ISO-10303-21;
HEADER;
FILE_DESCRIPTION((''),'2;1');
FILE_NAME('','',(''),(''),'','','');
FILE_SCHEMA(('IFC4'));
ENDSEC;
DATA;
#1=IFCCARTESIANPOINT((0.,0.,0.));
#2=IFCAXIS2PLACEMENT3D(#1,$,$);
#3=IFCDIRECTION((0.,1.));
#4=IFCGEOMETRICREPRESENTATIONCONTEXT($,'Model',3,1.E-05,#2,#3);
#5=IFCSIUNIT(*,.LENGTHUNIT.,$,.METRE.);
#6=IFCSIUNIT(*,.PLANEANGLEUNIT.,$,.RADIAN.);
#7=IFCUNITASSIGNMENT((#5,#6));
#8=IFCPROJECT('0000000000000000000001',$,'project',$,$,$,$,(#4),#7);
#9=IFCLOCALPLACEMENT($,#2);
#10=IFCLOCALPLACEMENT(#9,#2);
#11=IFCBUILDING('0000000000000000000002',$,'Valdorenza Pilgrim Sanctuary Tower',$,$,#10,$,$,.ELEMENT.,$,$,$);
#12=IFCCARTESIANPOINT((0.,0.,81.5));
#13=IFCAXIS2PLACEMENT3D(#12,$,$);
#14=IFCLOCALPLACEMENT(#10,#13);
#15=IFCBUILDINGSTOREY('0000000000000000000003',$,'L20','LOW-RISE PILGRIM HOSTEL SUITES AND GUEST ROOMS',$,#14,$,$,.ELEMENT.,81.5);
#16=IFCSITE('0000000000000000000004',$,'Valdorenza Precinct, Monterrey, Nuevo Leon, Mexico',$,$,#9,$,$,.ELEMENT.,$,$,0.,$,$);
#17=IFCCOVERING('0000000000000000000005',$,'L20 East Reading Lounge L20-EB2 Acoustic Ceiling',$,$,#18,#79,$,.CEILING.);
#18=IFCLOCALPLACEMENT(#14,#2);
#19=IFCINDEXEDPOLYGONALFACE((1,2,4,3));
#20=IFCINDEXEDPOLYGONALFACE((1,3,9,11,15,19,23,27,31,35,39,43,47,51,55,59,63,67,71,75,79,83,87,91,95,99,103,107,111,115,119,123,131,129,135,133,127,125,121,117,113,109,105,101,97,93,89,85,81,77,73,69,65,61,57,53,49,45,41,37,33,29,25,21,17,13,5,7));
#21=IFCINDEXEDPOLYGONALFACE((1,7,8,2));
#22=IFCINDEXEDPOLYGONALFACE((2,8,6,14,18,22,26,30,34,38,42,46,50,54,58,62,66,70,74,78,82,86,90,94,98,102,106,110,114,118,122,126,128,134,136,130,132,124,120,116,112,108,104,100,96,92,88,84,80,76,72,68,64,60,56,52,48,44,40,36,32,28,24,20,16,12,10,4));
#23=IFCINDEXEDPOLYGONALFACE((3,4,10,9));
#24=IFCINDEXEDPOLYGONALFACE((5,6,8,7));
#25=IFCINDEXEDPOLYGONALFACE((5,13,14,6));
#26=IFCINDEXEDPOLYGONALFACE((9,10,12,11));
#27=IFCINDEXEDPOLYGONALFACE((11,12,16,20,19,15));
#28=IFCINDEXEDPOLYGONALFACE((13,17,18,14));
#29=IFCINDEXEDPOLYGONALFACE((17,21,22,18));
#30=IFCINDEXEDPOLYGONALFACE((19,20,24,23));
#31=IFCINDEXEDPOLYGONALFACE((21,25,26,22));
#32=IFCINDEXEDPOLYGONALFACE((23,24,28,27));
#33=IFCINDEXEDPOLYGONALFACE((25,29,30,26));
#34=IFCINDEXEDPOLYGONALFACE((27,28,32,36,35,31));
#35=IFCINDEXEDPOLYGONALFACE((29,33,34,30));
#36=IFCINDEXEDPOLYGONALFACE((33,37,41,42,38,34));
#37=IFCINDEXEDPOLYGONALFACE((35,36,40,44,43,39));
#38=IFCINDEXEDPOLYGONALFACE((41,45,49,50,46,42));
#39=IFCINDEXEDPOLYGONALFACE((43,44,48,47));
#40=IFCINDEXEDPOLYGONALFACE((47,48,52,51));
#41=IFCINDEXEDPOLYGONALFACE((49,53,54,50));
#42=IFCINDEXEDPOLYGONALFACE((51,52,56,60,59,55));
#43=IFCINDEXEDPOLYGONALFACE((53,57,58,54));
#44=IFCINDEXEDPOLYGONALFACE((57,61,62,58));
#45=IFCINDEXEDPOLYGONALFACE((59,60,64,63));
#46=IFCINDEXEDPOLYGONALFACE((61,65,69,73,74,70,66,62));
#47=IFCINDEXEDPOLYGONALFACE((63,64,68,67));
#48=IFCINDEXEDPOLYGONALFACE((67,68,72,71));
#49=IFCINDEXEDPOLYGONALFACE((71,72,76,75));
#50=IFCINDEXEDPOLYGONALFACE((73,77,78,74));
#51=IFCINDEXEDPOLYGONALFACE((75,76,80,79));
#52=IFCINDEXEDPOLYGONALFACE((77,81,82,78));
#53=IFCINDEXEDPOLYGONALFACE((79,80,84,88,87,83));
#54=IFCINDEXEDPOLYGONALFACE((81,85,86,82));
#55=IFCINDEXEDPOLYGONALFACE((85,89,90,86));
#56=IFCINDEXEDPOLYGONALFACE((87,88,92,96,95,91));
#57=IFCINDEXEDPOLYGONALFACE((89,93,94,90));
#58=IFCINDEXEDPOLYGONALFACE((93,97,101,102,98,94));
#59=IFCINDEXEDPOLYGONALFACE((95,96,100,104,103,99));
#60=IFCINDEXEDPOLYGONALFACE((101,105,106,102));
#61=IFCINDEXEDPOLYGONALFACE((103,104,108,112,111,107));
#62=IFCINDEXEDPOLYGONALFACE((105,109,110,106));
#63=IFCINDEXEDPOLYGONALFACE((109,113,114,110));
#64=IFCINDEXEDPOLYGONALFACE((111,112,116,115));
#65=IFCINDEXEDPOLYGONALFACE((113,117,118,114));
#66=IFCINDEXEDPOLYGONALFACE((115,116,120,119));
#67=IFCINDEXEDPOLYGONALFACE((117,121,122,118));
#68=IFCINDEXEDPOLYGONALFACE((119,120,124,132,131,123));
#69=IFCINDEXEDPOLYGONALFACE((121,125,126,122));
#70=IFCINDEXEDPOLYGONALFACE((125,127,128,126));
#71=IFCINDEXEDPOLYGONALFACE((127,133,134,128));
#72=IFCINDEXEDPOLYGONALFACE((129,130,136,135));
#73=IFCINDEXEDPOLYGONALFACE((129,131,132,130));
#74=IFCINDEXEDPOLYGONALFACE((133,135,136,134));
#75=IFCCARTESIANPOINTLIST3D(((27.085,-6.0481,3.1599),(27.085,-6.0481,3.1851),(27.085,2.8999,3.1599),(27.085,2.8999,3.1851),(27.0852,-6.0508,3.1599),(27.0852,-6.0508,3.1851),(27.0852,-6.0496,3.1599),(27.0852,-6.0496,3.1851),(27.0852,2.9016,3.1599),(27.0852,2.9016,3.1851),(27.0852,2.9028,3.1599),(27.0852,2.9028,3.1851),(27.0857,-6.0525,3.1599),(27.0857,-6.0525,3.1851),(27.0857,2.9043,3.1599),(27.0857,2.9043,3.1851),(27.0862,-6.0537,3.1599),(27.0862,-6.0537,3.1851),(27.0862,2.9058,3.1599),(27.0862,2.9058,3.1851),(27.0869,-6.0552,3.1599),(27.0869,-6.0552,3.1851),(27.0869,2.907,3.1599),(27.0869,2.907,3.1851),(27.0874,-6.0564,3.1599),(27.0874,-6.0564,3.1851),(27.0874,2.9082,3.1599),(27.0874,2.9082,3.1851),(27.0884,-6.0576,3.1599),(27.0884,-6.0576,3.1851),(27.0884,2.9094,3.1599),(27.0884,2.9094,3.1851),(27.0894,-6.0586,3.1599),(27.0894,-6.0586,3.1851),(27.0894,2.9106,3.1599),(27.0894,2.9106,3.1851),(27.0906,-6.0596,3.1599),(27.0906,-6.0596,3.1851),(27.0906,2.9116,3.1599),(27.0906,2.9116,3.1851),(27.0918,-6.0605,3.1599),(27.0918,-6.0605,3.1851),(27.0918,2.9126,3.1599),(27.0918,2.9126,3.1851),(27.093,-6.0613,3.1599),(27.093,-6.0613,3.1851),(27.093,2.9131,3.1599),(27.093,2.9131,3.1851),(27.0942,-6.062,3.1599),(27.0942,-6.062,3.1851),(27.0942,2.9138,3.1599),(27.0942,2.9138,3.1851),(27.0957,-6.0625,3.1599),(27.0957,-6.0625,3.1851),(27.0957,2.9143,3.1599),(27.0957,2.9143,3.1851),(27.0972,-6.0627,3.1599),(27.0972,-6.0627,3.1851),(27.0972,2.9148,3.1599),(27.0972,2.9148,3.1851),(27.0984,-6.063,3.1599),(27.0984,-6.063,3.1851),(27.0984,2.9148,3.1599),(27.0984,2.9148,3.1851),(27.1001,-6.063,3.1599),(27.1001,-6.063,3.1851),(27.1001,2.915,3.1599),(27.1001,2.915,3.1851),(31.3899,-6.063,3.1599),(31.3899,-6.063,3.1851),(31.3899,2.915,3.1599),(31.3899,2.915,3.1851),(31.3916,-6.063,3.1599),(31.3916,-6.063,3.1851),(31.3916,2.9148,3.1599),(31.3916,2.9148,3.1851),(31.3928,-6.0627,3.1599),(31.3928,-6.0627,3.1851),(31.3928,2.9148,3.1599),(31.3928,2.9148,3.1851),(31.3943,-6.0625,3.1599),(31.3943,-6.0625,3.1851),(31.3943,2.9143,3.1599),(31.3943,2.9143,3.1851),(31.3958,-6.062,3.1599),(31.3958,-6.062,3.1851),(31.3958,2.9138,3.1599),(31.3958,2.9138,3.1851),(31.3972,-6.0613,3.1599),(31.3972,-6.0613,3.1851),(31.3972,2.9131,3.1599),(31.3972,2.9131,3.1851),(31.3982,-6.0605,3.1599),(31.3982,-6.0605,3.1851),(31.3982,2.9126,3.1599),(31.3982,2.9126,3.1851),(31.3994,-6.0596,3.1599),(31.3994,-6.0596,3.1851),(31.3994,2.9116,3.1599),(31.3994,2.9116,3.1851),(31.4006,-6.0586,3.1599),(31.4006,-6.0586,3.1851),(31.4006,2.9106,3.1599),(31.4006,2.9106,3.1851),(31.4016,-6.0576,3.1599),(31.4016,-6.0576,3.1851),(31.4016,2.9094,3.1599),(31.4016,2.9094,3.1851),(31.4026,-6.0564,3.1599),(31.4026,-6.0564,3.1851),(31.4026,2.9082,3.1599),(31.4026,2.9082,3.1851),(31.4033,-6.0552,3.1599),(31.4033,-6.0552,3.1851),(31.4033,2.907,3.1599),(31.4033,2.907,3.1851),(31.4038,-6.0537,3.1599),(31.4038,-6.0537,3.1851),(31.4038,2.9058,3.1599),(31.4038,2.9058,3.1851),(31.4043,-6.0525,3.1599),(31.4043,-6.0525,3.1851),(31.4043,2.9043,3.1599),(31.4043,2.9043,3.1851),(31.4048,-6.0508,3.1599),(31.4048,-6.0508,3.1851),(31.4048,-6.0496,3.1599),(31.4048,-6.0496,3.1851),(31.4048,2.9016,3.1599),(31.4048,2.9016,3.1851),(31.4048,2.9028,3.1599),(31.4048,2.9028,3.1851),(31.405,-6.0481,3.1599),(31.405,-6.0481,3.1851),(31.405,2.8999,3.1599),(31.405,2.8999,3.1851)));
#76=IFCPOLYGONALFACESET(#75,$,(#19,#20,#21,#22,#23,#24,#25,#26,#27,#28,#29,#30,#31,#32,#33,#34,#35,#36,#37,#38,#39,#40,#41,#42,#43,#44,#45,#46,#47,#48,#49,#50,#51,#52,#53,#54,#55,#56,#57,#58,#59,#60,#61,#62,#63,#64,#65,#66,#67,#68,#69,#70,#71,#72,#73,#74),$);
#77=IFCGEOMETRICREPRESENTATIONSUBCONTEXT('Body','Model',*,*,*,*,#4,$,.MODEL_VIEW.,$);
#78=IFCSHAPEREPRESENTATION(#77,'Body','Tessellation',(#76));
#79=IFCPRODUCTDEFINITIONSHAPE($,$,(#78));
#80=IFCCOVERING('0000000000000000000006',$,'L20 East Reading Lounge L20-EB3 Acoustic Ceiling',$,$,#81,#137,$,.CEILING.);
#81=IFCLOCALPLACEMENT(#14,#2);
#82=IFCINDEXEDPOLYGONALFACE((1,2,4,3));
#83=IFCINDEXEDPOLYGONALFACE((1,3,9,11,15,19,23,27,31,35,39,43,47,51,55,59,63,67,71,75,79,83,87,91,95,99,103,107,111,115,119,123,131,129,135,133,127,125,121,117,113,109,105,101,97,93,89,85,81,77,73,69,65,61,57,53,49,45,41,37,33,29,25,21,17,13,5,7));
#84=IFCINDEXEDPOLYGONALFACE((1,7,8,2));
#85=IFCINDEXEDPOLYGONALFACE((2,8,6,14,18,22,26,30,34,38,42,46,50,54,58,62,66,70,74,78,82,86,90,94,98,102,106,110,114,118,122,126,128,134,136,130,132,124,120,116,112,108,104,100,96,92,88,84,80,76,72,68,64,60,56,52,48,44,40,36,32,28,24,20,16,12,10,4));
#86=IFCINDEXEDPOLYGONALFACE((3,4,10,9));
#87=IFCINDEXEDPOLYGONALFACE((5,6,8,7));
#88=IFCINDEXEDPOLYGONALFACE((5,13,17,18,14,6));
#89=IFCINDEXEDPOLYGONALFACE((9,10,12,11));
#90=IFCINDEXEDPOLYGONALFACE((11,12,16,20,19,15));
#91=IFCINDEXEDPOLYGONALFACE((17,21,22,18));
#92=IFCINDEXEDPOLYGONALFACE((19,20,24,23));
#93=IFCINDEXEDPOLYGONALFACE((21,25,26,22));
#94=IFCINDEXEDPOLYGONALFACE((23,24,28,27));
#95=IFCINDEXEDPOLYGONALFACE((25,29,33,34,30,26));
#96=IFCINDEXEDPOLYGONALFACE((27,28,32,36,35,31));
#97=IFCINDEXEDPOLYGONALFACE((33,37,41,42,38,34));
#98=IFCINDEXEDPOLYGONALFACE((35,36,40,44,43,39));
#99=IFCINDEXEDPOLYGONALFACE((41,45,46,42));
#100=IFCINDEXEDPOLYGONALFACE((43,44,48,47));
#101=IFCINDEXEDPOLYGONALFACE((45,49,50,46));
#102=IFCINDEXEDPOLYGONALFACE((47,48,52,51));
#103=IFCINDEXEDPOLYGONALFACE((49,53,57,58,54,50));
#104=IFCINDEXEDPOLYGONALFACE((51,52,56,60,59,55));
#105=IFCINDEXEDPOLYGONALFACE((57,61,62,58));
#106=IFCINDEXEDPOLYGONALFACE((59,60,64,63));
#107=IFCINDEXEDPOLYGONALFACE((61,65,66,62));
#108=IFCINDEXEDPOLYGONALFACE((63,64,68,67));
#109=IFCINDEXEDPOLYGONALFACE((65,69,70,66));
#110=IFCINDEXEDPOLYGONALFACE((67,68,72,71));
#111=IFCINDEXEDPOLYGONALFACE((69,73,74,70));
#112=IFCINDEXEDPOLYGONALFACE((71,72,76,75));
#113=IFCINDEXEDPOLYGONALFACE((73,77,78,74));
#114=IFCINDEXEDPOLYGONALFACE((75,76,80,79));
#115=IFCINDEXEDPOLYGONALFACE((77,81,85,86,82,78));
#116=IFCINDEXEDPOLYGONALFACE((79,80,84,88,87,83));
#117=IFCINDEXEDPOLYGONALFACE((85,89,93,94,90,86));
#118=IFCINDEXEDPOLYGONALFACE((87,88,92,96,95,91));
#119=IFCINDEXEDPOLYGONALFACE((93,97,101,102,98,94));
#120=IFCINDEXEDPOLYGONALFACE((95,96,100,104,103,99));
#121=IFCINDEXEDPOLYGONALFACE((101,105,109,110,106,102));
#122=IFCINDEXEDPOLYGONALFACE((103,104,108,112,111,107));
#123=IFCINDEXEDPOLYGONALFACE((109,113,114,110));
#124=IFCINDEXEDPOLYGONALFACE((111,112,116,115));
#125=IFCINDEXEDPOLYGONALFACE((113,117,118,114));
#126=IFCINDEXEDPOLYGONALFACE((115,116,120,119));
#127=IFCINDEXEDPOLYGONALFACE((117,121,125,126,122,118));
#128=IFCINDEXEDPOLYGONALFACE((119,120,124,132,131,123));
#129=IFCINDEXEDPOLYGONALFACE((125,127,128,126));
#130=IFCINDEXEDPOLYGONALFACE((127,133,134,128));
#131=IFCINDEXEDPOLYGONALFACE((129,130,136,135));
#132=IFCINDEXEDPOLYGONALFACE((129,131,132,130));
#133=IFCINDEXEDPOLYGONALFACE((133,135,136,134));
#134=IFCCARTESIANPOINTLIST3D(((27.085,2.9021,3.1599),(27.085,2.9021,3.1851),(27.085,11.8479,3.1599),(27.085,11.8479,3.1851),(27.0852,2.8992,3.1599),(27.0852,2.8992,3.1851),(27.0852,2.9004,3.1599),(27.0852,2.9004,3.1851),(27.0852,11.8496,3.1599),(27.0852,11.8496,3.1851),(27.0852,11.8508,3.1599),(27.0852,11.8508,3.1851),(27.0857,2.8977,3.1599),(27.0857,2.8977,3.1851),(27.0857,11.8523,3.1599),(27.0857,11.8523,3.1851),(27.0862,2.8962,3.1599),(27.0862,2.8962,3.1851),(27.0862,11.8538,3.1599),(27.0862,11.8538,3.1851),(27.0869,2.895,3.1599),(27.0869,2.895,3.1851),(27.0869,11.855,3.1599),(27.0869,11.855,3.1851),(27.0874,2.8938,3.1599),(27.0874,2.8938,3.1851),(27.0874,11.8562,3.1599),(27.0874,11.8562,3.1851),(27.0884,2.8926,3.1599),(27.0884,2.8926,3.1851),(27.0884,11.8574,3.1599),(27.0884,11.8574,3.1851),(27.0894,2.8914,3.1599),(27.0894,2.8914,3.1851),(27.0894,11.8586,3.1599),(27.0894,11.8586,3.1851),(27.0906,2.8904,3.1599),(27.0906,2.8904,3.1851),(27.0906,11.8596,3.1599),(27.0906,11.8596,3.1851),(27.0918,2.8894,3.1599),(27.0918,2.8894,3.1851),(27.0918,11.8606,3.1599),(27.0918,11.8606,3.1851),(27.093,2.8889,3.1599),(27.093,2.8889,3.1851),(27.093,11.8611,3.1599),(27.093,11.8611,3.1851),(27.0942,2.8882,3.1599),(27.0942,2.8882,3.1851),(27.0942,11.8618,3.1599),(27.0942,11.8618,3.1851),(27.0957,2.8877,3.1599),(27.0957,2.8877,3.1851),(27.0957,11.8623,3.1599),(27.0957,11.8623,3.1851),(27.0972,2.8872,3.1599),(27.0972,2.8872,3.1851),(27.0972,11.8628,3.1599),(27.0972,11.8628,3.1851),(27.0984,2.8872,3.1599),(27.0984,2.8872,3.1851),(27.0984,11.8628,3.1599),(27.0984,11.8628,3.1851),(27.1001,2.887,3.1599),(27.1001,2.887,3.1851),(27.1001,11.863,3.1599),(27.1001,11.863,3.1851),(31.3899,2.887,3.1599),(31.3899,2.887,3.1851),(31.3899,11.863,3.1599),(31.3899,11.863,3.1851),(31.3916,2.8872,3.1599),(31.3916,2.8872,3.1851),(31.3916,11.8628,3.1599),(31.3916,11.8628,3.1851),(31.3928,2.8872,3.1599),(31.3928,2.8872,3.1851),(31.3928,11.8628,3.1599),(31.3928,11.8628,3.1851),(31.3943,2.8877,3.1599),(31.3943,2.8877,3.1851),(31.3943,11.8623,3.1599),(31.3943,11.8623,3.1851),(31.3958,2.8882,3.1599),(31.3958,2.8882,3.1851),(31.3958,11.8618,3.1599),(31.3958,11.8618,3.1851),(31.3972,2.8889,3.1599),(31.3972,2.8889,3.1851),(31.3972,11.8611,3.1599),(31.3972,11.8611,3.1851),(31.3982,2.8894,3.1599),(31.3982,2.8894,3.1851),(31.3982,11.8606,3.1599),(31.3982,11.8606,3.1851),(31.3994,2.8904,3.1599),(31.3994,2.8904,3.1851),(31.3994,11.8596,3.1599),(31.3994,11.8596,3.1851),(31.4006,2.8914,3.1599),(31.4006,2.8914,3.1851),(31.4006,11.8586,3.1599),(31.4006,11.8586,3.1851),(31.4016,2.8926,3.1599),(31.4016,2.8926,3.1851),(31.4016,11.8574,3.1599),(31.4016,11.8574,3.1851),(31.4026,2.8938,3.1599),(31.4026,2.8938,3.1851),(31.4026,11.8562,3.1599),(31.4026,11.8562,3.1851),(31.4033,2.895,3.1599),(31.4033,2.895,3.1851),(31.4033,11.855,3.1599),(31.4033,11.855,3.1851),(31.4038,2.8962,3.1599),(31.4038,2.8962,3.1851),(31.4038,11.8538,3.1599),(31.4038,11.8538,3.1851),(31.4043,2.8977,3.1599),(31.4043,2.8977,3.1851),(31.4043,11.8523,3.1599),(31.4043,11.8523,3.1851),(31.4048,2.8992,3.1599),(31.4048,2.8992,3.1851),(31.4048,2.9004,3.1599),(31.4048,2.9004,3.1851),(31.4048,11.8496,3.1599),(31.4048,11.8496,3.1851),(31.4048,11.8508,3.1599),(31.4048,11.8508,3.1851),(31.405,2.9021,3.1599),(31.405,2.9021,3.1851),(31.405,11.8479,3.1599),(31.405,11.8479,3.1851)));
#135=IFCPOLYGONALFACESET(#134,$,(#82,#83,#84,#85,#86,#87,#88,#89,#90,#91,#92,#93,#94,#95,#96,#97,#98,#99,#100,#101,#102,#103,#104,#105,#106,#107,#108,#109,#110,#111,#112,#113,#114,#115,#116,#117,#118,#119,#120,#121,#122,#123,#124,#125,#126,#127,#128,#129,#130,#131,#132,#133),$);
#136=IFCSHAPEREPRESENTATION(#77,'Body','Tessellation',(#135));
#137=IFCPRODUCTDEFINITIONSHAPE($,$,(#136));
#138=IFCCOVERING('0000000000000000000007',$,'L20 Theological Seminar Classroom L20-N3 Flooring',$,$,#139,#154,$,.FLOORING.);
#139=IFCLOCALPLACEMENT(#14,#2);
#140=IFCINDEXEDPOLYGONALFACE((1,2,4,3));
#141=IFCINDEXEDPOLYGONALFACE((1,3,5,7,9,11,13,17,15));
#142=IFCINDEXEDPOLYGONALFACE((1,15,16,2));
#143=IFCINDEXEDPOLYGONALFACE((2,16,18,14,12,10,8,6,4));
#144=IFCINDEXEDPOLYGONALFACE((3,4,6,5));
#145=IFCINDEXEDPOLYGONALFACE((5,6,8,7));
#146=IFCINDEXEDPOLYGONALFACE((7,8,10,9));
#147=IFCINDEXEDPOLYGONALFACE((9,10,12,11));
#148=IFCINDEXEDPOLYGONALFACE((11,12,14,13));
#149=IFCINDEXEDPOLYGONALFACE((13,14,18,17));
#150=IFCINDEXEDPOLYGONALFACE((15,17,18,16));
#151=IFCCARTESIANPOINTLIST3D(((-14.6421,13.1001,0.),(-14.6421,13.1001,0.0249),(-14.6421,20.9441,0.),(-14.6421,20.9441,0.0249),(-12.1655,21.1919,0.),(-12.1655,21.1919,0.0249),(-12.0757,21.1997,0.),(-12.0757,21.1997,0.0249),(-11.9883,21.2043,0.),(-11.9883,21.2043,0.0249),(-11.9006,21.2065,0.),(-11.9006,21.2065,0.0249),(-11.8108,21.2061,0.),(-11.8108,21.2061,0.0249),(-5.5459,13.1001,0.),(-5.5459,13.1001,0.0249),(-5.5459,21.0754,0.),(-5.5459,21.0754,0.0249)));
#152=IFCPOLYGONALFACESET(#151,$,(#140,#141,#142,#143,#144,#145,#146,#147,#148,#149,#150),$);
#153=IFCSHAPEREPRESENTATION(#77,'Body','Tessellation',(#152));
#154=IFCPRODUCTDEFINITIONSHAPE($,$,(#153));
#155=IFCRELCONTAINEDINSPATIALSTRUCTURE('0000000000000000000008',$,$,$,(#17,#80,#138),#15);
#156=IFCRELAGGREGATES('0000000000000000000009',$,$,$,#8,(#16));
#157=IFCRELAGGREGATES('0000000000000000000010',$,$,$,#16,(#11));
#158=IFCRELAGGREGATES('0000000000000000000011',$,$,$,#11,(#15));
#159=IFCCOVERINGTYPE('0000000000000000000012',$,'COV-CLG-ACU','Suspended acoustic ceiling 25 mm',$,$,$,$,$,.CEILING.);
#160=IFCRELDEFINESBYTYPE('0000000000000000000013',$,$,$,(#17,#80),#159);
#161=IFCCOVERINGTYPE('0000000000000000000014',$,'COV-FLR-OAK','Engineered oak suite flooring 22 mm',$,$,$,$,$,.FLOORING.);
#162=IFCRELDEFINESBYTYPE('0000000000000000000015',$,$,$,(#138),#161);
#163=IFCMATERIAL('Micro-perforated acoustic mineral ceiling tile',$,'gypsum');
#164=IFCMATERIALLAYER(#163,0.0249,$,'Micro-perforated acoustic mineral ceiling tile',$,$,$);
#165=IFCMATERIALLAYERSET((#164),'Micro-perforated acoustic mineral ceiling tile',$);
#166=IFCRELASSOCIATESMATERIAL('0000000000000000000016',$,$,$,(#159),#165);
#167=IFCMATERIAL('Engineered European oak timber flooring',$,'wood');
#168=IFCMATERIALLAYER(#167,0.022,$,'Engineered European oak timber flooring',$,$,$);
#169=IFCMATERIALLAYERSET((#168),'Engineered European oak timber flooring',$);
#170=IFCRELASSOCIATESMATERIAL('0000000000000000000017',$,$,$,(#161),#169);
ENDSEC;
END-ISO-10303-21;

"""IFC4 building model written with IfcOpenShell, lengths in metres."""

from ifc_helpers import new_model, si_unit, direction, frame, origin, place, context, subcontext, project, spatial, polyline, outline, extrude, material, layer, layer_set, type_object, element, save


model = new_model("IFC4")

# Units and contexts
model_context = context("Model", 3, precision=1e-05, world=origin(), true_north=direction((0.0, 1.0)))
body_context = subcontext(model_context, "Body", "Model", "MODEL_VIEW")
ifc_project = project(units=[si_unit("LENGTHUNIT", "METRE"), si_unit("PLANEANGLEUNIT", "RADIAN")], contexts=[model_context])

# Site, building, storey
site_placement = place(None, origin())
site = spatial("IfcSite", under=ifc_project, at=site_placement, Name="Valdorenza Precinct, Monterrey, Nuevo Leon, Mexico", CompositionType="ELEMENT", RefElevation=0.0)
building_placement = place(site_placement, origin())
building = spatial("IfcBuilding", under=site, at=building_placement, Name="Valdorenza Pilgrim Sanctuary Tower", CompositionType="ELEMENT")
storey_placement = place(building_placement, frame((0.0, 0.0, 81.5)))
storey = spatial("IfcBuildingStorey", under=building, at=storey_placement, Name="L20", Description="LOW-RISE PILGRIM HOSTEL SUITES AND GUEST ROOMS", CompositionType="ELEMENT", Elevation=81.5)

# Coverings
ifc_material_1 = material(Name="Micro-perforated acoustic mineral ceiling tile", Category="gypsum")
ifc_layer_1 = layer(ifc_material_1, 0.0249, Name="Micro-perforated acoustic mineral ceiling tile")
ifc_layer_set_1 = layer_set([ifc_layer_1], Name="Micro-perforated acoustic mineral ceiling tile")
covering_type_1 = type_object("IfcCoveringType", Name="COV-CLG-ACU", Description="Suspended acoustic ceiling 25 mm", PredefinedType="CEILING", material=ifc_layer_set_1)
covering_1_placement = place(storey_placement, frame((0.0, 0.0, 3.1599)))
element("IfcCovering", 1, at=covering_1_placement, inside=storey, type_object=covering_type_1, Name="L20 East Reading Lounge L20-EB2 Acoustic Ceiling", PredefinedType="CEILING", context=body_context, shape_type="SweptSolid", body=[
    extrude(outline(polyline([(27.085, 2.8999), (27.0852, 2.9016), (27.0852, 2.9028), (27.0857, 2.9043), (27.0862, 2.9058), (27.0869, 2.907), (27.0874, 2.9082), (27.0884, 2.9094), (27.0894, 2.9106), (27.0906, 2.9116), (27.0918, 2.9126), (27.093, 2.9131), (27.0942, 2.9138), (27.0957, 2.9143), (27.0972, 2.9148), (27.0984, 2.9148), (27.1001, 2.915), (31.3899, 2.915), (31.3916, 2.9148), (31.3928, 2.9148), (31.3943, 2.9143), (31.3958, 2.9138), (31.3972, 2.9131), (31.3982, 2.9126), (31.3994, 2.9116), (31.4006, 2.9106), (31.4016, 2.9094), (31.4026, 2.9082), (31.4033, 2.907), (31.4038, 2.9058), (31.4043, 2.9043), (31.4048, 2.9028), (31.4048, 2.9016), (31.405, 2.8999), (31.405, -6.0481), (31.4048, -6.0496), (31.4048, -6.0508), (31.4043, -6.0525), (31.4038, -6.0537), (31.4033, -6.0552), (31.4026, -6.0564), (31.4016, -6.0576), (31.4006, -6.0586), (31.3994, -6.0596), (31.3982, -6.0605), (31.3972, -6.0613), (31.3958, -6.062), (31.3943, -6.0625), (31.3928, -6.0627), (31.3916, -6.063), (31.3899, -6.063), (27.1001, -6.063), (27.0984, -6.063), (27.0972, -6.0627), (27.0957, -6.0625), (27.0942, -6.062), (27.093, -6.0613), (27.0918, -6.0605), (27.0906, -6.0596), (27.0894, -6.0586), (27.0884, -6.0576), (27.0874, -6.0564), (27.0869, -6.0552), (27.0862, -6.0537), (27.0857, -6.0525), (27.0852, -6.0508), (27.0852, -6.0496), (27.085, -6.0481), (27.085, 2.8999)])), origin(), (0.0, 0.0, 1.0), 0.0251),
])
covering_2_placement = place(storey_placement, frame((0.0, 0.0, 3.1599)))
element("IfcCovering", 2, at=covering_2_placement, inside=storey, type_object=covering_type_1, Name="L20 East Reading Lounge L20-EB3 Acoustic Ceiling", PredefinedType="CEILING", context=body_context, shape_type="SweptSolid", body=[
    extrude(outline(polyline([(27.085, 11.8479), (27.0852, 11.8496), (27.0852, 11.8508), (27.0857, 11.8523), (27.0862, 11.8538), (27.0869, 11.855), (27.0874, 11.8562), (27.0884, 11.8574), (27.0894, 11.8586), (27.0906, 11.8596), (27.0918, 11.8606), (27.093, 11.8611), (27.0942, 11.8618), (27.0957, 11.8623), (27.0972, 11.8628), (27.0984, 11.8628), (27.1001, 11.863), (31.3899, 11.863), (31.3916, 11.8628), (31.3928, 11.8628), (31.3943, 11.8623), (31.3958, 11.8618), (31.3972, 11.8611), (31.3982, 11.8606), (31.3994, 11.8596), (31.4006, 11.8586), (31.4016, 11.8574), (31.4026, 11.8562), (31.4033, 11.855), (31.4038, 11.8538), (31.4043, 11.8523), (31.4048, 11.8508), (31.4048, 11.8496), (31.405, 11.8479), (31.405, 2.9021), (31.4048, 2.9004), (31.4048, 2.8992), (31.4043, 2.8977), (31.4038, 2.8962), (31.4033, 2.895), (31.4026, 2.8938), (31.4016, 2.8926), (31.4006, 2.8914), (31.3994, 2.8904), (31.3982, 2.8894), (31.3972, 2.8889), (31.3958, 2.8882), (31.3943, 2.8877), (31.3928, 2.8872), (31.3916, 2.8872), (31.3899, 2.887), (27.1001, 2.887), (27.0984, 2.8872), (27.0972, 2.8872), (27.0957, 2.8877), (27.0942, 2.8882), (27.093, 2.8889), (27.0918, 2.8894), (27.0906, 2.8904), (27.0894, 2.8914), (27.0884, 2.8926), (27.0874, 2.8938), (27.0869, 2.895), (27.0862, 2.8962), (27.0857, 2.8977), (27.0852, 2.8992), (27.0852, 2.9004), (27.085, 2.9021), (27.085, 11.8479)])), origin(), (0.0, 0.0, 1.0), 0.0251),
])
ifc_material_2 = material(Name="Engineered European oak timber flooring", Category="wood")
ifc_layer_2 = layer(ifc_material_2, 0.022, Name="Engineered European oak timber flooring")
ifc_layer_set_2 = layer_set([ifc_layer_2], Name="Engineered European oak timber flooring")
covering_type_2 = type_object("IfcCoveringType", Name="COV-FLR-OAK", Description="Engineered oak suite flooring 22 mm", PredefinedType="FLOORING", material=ifc_layer_set_2)
covering_3_placement = place(storey_placement, origin())
element("IfcCovering", 3, at=covering_3_placement, inside=storey, type_object=covering_type_2, Name="L20 Theological Seminar Classroom L20-N3 Flooring", PredefinedType="FLOORING", context=body_context, shape_type="SweptSolid", body=[
    extrude(outline(polyline([(-14.6421, 13.1001), (-14.6421, 20.9441), (-12.1655, 21.1919), (-12.0757, 21.1997), (-11.9883, 21.2043), (-11.9006, 21.2065), (-11.8108, 21.2061), (-5.5459, 21.0754), (-5.5459, 13.1001), (-14.6421, 13.1001)])), origin(), (0.0, 0.0, 1.0), 0.0249),
])

save(model, "model.ifc")
